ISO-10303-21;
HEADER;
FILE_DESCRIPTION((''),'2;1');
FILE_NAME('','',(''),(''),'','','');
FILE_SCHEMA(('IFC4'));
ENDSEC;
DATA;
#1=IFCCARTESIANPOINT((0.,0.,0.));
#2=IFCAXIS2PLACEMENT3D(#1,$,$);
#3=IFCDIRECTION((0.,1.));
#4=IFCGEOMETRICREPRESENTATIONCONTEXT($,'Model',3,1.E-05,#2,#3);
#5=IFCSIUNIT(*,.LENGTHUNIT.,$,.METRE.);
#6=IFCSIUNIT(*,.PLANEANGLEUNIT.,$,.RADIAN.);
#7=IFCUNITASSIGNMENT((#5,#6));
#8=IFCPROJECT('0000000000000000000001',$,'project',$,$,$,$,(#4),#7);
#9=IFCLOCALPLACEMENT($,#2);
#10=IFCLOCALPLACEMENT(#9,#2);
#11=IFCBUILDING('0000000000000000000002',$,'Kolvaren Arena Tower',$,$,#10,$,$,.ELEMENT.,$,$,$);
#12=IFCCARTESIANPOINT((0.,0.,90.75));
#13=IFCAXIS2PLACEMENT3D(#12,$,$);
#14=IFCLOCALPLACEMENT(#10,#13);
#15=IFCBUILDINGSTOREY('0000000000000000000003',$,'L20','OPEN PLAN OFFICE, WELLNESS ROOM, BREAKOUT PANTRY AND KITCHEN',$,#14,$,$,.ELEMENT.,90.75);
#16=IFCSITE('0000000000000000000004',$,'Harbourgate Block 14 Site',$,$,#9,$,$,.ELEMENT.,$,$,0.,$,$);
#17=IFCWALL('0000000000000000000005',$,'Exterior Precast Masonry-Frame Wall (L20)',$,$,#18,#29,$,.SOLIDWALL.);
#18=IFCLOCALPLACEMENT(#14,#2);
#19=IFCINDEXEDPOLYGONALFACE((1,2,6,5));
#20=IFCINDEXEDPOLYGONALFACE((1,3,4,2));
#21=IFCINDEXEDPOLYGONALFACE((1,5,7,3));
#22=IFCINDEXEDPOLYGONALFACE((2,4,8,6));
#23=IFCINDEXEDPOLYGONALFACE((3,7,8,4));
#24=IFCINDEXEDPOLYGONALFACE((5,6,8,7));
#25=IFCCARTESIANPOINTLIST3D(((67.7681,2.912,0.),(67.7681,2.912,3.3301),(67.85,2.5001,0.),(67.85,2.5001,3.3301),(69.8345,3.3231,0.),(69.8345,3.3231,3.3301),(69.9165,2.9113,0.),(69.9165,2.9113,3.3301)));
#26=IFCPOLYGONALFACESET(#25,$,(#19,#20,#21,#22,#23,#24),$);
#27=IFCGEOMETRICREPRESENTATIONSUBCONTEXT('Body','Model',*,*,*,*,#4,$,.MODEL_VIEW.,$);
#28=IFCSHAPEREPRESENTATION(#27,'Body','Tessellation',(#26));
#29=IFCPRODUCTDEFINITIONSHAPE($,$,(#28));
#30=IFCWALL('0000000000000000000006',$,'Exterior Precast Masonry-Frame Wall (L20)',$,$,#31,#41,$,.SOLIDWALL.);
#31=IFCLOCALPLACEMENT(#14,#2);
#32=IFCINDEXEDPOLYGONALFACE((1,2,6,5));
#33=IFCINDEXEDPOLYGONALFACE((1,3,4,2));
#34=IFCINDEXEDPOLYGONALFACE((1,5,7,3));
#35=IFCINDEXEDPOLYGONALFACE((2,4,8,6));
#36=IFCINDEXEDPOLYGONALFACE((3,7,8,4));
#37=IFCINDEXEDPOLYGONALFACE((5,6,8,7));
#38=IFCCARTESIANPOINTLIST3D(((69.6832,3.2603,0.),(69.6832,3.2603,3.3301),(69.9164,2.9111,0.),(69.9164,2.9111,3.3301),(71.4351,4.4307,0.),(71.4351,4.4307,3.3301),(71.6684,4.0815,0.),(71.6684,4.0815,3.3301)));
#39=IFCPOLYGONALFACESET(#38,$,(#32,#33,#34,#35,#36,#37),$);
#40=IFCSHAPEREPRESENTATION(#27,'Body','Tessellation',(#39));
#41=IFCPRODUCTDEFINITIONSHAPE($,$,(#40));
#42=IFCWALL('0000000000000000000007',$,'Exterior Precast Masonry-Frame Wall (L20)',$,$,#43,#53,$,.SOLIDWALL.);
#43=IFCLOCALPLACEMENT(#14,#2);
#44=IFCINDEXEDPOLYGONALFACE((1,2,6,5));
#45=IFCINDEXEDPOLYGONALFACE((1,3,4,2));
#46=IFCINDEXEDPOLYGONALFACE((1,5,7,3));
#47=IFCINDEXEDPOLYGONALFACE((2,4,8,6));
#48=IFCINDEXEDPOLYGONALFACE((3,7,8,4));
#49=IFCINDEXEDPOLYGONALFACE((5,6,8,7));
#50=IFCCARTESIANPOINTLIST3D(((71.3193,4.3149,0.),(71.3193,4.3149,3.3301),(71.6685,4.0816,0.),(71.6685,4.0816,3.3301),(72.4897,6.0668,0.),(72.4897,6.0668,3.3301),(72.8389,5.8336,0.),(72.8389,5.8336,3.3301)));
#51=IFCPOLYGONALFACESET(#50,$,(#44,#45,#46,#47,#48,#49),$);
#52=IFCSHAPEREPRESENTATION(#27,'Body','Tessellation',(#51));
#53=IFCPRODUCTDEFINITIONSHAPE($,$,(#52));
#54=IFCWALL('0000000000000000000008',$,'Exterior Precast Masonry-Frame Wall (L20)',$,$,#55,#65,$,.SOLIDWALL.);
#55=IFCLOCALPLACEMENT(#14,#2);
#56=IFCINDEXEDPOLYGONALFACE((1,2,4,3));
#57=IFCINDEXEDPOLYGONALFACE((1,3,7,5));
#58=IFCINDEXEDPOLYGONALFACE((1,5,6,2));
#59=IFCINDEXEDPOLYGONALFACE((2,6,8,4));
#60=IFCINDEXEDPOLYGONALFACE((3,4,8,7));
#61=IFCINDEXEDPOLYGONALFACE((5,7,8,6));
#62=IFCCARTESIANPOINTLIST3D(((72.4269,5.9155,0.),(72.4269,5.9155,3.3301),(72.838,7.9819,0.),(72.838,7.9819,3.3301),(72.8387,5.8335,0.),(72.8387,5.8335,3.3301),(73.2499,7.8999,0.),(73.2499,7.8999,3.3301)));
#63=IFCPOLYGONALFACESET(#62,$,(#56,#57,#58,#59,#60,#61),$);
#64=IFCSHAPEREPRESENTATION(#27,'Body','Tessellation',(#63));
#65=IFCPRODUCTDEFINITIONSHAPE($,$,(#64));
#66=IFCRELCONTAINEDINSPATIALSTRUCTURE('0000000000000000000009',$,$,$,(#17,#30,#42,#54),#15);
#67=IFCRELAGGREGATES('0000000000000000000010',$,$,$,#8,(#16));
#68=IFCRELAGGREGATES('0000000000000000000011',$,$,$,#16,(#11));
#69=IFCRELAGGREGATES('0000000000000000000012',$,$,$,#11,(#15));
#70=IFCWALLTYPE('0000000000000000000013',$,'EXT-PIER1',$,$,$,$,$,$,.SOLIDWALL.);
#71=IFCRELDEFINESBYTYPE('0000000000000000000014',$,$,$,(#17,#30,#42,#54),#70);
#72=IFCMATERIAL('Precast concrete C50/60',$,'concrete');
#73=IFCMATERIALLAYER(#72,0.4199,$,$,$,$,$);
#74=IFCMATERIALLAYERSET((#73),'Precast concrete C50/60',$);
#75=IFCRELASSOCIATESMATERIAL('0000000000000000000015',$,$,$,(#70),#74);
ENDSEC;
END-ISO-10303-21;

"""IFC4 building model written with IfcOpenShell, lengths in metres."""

from ifc_helpers import new_model, si_unit, direction, frame, frame_2d, origin, place, context, subcontext, project, spatial, rectangle, extrude, material, layer, layer_set, type_object, element, save


model = new_model("IFC4")

# Units and contexts
model_context = context("Model", 3, precision=1e-05, world=origin(), true_north=direction((0.0, 1.0)))
body_context = subcontext(model_context, "Body", "Model", "MODEL_VIEW")
ifc_project = project(units=[si_unit("LENGTHUNIT", "METRE"), si_unit("PLANEANGLEUNIT", "RADIAN")], contexts=[model_context])

# Site, building, storey
site_placement = place(None, origin())
site = spatial("IfcSite", under=ifc_project, at=site_placement, Name="Harbourgate Block 14 Site", CompositionType="ELEMENT", RefElevation=0.0)
building_placement = place(site_placement, origin())
building = spatial("IfcBuilding", under=site, at=building_placement, Name="Kolvaren Arena Tower", CompositionType="ELEMENT")
storey_placement = place(building_placement, frame((0.0, 0.0, 90.75)))
storey = spatial("IfcBuildingStorey", under=building, at=storey_placement, Name="L20", Description="OPEN PLAN OFFICE, WELLNESS ROOM, BREAKOUT PANTRY AND KITCHEN", CompositionType="ELEMENT", Elevation=90.75)

# Walls
ifc_material_1 = material(Name="Precast concrete C50/60", Category="concrete")
ifc_layer_1 = layer(ifc_material_1, 0.4199)
ifc_layer_set_1 = layer_set([ifc_layer_1], Name="Precast concrete C50/60")
wall_type_1 = type_object("IfcWallType", Name="EXT-PIER1", PredefinedType="SOLIDWALL", material=ifc_layer_set_1)
for number, where, z_axis, x_axis, name in (
    (1, (69.8755, 3.1172, 0.0), (0.0, 0.0, 1.0), (-0.980776, -0.195136, 0.0), "Exterior Precast Masonry-Frame Wall (L20)"),
    (2, (71.5518, 4.2561, 0.0), (0.0, 0.0, 1.0), (-0.831515, -0.555502, 0.0), "Exterior Precast Masonry-Frame Wall (L20)"),
    (3, (72.6643, 5.9502, 0.0), (0.0, 0.0, 1.0), (-0.555502, -0.831515, 0.0), "Exterior Precast Masonry-Frame Wall (L20)"),
    (4, (73.0439, 7.9409, 0.0), (0.0, 0.0, 1.0), (-0.195136, -0.980776, 0.0), "Exterior Precast Masonry-Frame Wall (L20)"),
):
    element("IfcWall", number, at=place(storey_placement, frame(where, z_axis=z_axis, x_axis=x_axis)), inside=storey, type_object=wall_type_1, Name=name, PredefinedType="SOLIDWALL", context=body_context, shape_type="SweptSolid", body=[
        extrude(rectangle(XDim=2.1069, YDim=0.4199, at=frame_2d((1.0535, 0.0))), origin(), (0.0, 0.0, 1.0), 3.3301),
    ])

save(model, "model.ifc")
